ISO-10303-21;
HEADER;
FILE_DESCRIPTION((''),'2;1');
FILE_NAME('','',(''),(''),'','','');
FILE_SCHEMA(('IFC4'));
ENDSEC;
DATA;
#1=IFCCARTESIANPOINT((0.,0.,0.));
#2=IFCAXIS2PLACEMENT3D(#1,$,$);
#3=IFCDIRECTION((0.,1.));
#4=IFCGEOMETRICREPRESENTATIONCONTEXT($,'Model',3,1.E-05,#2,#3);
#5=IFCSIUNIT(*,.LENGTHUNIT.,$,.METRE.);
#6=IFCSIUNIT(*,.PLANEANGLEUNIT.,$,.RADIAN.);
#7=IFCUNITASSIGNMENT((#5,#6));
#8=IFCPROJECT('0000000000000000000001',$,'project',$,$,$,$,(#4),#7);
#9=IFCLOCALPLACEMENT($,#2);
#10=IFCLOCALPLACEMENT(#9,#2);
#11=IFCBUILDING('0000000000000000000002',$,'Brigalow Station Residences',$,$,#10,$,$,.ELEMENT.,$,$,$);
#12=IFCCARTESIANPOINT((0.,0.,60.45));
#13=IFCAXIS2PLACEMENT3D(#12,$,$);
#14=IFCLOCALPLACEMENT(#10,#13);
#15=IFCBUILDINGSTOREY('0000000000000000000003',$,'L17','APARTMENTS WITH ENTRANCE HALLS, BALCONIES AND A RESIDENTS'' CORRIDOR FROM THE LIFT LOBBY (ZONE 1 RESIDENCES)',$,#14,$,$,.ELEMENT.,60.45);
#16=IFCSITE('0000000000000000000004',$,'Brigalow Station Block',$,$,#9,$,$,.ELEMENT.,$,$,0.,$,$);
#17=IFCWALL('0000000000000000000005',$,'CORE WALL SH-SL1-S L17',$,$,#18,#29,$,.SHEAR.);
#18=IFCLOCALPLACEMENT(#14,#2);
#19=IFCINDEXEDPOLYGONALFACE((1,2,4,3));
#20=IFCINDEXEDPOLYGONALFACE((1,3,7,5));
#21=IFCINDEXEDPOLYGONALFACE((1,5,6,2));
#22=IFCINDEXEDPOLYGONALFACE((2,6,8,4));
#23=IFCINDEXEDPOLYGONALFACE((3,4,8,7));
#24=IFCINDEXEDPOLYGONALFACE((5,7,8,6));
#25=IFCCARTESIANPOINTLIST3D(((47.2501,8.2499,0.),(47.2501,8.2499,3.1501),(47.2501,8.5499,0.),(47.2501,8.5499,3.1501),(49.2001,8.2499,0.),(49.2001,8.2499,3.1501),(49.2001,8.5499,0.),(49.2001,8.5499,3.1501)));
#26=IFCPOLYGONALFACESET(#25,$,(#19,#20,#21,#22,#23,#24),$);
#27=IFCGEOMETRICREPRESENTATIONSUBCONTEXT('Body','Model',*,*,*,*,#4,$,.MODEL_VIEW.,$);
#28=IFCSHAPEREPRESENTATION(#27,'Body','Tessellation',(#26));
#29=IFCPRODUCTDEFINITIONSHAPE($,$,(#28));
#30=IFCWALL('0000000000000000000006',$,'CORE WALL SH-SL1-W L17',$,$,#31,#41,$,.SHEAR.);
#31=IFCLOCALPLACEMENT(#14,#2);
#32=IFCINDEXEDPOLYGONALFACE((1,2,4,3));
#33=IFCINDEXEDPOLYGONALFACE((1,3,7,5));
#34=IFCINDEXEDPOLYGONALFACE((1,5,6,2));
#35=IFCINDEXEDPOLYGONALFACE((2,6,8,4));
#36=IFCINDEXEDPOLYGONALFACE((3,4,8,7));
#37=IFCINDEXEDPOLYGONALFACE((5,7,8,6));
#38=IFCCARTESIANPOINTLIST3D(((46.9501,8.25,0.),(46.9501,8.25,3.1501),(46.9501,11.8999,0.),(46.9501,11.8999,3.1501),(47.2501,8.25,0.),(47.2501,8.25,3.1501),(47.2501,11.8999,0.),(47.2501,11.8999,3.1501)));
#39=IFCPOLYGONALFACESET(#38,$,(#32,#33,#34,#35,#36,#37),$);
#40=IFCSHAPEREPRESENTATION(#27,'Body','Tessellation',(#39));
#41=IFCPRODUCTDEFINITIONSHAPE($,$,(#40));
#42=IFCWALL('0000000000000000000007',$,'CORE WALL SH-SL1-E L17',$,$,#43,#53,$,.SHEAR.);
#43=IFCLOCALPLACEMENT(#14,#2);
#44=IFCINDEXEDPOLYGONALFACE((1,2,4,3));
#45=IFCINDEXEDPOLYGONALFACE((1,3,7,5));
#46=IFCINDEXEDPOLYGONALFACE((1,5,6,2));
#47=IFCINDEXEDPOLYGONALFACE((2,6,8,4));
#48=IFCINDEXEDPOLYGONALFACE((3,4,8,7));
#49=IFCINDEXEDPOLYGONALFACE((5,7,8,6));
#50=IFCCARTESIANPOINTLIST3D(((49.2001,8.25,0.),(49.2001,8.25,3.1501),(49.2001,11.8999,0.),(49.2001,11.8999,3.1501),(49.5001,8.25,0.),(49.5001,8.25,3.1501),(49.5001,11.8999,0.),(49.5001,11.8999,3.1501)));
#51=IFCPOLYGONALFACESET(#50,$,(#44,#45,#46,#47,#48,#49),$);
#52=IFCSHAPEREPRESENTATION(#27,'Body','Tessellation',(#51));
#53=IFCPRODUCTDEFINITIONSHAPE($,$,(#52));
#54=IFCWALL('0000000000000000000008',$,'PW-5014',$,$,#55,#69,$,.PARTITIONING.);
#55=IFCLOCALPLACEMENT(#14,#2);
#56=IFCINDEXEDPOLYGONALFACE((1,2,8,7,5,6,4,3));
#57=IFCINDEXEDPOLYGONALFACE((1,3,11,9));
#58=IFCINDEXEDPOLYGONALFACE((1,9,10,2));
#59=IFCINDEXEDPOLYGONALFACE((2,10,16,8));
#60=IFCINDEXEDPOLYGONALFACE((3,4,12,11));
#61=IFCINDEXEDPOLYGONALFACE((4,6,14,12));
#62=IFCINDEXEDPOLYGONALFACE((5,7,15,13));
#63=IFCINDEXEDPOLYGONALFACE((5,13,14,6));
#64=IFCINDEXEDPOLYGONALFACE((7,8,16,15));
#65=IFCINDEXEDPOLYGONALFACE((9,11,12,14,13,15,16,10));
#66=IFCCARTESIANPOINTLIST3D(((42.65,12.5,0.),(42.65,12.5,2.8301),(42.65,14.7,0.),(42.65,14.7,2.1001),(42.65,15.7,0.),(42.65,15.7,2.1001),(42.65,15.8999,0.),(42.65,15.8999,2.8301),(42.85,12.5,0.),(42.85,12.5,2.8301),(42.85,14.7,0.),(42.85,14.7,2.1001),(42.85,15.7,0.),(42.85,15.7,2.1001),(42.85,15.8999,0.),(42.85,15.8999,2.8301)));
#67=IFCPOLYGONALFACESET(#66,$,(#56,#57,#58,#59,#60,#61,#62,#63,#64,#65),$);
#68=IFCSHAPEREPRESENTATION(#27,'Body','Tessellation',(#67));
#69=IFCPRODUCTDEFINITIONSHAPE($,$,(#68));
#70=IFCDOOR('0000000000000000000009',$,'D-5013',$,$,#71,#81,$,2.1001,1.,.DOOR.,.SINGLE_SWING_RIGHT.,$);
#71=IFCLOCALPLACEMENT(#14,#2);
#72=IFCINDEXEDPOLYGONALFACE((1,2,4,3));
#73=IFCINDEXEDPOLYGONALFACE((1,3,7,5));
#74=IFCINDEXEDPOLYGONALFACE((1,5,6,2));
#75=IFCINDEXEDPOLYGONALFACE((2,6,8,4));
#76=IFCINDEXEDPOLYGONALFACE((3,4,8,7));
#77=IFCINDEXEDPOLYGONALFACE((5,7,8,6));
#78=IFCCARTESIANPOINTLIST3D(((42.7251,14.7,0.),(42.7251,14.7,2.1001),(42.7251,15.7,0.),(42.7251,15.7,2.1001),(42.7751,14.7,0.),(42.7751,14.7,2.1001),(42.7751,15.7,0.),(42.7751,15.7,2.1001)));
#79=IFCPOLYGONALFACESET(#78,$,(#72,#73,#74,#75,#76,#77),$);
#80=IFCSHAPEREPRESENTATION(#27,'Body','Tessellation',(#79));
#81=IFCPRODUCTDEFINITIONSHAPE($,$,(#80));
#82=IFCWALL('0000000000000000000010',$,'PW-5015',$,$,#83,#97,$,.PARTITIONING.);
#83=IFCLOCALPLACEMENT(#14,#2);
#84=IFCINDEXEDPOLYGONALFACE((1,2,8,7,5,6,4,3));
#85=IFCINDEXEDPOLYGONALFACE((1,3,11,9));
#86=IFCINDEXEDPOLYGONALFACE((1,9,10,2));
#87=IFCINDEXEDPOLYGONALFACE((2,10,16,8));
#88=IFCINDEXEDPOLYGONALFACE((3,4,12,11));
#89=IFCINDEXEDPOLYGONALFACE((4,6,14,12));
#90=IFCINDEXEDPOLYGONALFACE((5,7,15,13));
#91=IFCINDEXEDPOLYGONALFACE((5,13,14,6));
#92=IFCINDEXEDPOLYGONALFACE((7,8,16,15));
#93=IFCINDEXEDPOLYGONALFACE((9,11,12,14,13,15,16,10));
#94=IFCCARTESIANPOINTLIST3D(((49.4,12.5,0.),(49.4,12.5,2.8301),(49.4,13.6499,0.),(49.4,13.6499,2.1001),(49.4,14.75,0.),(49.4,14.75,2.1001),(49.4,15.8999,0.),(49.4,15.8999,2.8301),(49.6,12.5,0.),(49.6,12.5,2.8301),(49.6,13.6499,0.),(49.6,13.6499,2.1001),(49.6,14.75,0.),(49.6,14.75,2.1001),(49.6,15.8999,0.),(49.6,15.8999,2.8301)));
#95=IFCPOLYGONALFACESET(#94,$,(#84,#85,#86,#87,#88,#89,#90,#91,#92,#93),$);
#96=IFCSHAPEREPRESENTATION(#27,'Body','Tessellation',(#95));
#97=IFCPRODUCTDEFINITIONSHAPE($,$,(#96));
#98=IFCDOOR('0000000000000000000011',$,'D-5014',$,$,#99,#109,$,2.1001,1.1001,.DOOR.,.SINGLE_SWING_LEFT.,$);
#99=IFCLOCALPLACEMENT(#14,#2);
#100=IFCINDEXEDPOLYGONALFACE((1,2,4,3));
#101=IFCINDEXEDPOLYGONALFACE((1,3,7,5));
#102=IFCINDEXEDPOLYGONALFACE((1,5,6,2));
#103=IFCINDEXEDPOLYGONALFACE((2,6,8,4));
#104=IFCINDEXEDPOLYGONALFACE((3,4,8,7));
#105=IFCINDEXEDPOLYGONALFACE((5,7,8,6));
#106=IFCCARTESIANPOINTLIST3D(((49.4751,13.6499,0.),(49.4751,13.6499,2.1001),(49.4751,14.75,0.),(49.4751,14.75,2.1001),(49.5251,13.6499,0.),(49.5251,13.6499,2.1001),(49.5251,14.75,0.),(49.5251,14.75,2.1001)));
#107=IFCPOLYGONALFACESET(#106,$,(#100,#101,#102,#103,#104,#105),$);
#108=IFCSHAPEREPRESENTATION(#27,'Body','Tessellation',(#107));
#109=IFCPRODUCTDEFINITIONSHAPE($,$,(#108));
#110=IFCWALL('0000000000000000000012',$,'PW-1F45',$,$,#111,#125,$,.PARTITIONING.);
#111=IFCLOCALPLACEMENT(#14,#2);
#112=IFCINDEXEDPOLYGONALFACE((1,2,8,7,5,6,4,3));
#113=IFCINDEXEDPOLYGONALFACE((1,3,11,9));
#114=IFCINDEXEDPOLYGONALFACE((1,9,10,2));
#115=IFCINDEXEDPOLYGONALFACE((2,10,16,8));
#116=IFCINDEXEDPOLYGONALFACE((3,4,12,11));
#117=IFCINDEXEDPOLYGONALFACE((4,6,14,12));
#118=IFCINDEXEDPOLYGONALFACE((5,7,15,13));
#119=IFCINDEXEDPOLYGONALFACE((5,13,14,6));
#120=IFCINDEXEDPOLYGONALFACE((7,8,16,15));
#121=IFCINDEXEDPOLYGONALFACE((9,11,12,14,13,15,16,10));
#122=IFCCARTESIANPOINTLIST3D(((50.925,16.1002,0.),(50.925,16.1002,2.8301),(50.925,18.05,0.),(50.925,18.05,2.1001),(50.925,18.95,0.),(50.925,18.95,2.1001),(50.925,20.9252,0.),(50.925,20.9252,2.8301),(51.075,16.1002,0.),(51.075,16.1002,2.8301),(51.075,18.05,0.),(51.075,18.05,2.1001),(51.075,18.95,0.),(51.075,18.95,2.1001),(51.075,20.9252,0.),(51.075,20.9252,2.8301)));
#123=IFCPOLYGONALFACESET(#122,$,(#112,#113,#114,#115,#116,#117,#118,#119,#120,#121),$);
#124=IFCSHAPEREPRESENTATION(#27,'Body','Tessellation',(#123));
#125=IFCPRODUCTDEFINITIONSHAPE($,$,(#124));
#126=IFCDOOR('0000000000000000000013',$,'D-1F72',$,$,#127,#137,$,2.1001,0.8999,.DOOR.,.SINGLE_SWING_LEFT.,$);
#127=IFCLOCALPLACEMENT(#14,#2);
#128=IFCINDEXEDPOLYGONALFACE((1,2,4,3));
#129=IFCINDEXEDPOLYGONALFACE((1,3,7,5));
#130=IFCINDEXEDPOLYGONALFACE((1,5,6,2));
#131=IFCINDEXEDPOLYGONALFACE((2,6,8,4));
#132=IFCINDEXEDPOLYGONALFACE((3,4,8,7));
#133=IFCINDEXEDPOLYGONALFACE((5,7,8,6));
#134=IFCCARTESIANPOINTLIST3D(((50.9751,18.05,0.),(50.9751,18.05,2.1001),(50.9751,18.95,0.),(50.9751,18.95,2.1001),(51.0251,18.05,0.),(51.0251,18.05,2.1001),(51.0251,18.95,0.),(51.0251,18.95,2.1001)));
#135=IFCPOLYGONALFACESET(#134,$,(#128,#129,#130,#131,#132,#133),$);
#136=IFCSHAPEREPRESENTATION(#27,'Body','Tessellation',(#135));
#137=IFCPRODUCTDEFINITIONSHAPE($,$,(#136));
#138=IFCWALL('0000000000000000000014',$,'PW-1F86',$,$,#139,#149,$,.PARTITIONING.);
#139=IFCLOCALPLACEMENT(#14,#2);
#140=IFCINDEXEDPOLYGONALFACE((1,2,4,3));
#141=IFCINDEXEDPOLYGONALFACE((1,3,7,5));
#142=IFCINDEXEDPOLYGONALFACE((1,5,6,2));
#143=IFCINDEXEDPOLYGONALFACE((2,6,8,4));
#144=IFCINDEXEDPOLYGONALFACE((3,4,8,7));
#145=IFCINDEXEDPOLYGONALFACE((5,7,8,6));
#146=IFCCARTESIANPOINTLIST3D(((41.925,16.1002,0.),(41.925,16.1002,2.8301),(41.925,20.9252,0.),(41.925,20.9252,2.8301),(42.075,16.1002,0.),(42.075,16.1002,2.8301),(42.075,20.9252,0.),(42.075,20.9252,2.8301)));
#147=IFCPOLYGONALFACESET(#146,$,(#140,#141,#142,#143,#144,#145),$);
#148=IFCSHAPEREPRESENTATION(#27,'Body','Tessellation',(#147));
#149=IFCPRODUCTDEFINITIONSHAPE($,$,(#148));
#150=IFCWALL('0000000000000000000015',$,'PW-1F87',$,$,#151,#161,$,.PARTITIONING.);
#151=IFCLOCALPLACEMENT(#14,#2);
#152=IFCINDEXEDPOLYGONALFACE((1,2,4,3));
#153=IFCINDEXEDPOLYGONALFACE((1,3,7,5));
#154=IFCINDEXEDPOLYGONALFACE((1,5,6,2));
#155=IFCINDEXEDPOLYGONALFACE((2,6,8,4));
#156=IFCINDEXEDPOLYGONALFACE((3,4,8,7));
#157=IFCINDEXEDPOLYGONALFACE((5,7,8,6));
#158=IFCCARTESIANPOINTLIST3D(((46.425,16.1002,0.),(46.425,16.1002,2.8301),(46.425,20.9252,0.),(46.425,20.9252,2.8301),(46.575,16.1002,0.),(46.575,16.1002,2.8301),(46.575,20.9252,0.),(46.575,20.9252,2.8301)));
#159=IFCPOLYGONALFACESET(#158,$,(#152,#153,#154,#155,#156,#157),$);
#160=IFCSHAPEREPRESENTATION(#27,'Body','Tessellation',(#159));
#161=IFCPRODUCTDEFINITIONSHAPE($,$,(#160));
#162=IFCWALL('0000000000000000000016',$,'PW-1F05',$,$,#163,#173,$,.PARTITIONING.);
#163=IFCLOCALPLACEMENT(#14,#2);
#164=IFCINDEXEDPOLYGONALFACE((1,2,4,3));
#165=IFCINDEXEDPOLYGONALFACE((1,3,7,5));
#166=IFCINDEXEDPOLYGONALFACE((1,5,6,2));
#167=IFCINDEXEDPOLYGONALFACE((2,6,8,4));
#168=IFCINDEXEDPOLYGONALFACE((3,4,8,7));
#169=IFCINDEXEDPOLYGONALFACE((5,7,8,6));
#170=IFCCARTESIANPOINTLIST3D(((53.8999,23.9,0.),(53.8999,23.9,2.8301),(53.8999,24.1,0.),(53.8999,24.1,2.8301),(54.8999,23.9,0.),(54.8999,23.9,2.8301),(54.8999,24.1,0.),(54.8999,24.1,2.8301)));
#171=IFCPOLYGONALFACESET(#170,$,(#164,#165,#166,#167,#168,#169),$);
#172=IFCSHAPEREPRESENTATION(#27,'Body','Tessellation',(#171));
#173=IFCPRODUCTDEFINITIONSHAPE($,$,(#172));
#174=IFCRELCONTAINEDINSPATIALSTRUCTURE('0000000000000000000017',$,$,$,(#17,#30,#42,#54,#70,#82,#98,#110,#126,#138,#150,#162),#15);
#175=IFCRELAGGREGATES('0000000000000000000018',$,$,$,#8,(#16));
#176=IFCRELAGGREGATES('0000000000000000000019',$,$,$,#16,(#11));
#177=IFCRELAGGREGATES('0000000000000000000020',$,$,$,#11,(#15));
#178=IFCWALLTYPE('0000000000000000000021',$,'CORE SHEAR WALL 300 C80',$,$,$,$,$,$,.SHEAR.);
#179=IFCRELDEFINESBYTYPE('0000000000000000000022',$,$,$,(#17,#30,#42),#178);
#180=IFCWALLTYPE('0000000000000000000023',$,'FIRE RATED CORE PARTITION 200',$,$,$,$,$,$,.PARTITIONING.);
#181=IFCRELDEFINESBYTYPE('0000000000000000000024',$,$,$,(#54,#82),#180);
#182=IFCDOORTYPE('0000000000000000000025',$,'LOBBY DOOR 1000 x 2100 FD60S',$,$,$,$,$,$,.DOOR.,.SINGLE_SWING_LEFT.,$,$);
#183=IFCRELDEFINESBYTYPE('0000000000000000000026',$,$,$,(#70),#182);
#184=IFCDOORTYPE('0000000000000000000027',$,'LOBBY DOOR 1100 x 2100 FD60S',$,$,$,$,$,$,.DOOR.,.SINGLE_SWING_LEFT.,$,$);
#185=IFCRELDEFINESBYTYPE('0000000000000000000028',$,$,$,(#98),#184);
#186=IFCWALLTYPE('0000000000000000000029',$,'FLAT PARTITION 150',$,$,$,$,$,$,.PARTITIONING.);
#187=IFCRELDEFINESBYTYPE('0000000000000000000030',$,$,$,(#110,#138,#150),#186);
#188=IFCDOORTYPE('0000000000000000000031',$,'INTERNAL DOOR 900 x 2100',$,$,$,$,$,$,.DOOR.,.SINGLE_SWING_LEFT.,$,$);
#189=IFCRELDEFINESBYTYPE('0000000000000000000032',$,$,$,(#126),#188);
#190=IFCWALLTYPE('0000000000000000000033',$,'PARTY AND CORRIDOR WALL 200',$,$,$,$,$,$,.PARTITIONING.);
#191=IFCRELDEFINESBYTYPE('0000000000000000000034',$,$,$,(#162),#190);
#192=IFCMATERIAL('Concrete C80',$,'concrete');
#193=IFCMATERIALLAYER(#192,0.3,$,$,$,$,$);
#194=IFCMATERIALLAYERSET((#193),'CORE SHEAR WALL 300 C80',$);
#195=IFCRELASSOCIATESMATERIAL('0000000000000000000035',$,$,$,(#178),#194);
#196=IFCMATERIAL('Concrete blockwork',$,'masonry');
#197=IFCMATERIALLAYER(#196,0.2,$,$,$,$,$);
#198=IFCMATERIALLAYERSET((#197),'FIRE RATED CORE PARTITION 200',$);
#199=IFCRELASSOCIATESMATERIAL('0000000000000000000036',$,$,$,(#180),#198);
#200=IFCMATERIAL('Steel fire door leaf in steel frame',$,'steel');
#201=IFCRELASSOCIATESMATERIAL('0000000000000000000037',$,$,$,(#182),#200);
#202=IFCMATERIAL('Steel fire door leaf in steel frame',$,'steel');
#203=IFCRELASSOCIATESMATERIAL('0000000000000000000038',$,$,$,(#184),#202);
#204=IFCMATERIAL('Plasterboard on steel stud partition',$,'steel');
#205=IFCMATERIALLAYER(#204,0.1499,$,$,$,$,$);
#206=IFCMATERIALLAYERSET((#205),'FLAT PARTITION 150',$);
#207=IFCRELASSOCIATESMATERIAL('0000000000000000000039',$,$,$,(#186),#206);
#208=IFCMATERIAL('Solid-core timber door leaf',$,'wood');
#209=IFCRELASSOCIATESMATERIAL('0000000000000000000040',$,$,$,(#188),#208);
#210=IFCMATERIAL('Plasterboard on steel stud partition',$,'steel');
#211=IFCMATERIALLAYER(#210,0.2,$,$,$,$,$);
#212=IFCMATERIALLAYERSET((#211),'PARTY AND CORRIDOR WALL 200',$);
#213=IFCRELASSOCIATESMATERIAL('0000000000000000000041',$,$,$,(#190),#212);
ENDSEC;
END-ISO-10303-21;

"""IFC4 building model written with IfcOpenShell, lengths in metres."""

from ifc_helpers import new_model, si_unit, direction, frame, frame_2d, origin, place, context, subcontext, project, spatial, rectangle, extrude, material, layer, layer_set, type_object, element, fill, save


model = new_model("IFC4")

# Units and contexts
model_context = context("Model", 3, precision=1e-05, world=origin(), true_north=direction((0.0, 1.0)))
body_context = subcontext(model_context, "Body", "Model", "MODEL_VIEW")
ifc_project = project(units=[si_unit("LENGTHUNIT", "METRE"), si_unit("PLANEANGLEUNIT", "RADIAN")], contexts=[model_context])

# Site, building, storey
site_placement = place(None, origin())
site = spatial("IfcSite", under=ifc_project, at=site_placement, Name="Brigalow Station Block", CompositionType="ELEMENT", RefElevation=0.0)
building_placement = place(site_placement, origin())
building = spatial("IfcBuilding", under=site, at=building_placement, Name="Brigalow Station Residences", CompositionType="ELEMENT")
storey_placement = place(building_placement, frame((0.0, 0.0, 60.45)))
storey = spatial("IfcBuildingStorey", under=building, at=storey_placement, Name="L17", Description="APARTMENTS WITH ENTRANCE HALLS, BALCONIES AND A RESIDENTS' CORRIDOR FROM THE LIFT LOBBY (ZONE 1 RESIDENCES)", CompositionType="ELEMENT", Elevation=60.45)

# Walls
ifc_material_1 = material(Name="Concrete C80", Category="concrete")
ifc_layer_1 = layer(ifc_material_1, 0.3)
ifc_layer_set_1 = layer_set([ifc_layer_1], Name="CORE SHEAR WALL 300 C80")
wall_type_1 = type_object("IfcWallType", Name="CORE SHEAR WALL 300 C80", PredefinedType="SHEAR", material=ifc_layer_set_1)
wall_1_placement = place(storey_placement, frame((47.25, 8.3999, 0.0), z_axis=(0.0, 0.0, 1.0), x_axis=(1.0, 0.0, 0.0)))
element("IfcWall", 1, at=wall_1_placement, inside=storey, type_object=wall_type_1, Name="CORE WALL SH-SL1-S L17", PredefinedType="SHEAR", context=body_context, shape_type="SweptSolid", body=[
    extrude(rectangle(XDim=1.95, YDim=0.3, at=frame_2d((0.9751, 0.0))), origin(), (0.0, 0.0, 1.0), 3.1501),
])
for number, where, z_axis, x_axis, name in (
    (2, (47.1001, 8.25, 0.0), (0.0, 0.0, 1.0), (0.0, 1.0, 0.0), "CORE WALL SH-SL1-W L17"),
    (3, (49.3501, 8.25, 0.0), (0.0, 0.0, 1.0), (0.0, 1.0, 0.0), "CORE WALL SH-SL1-E L17"),
):
    element("IfcWall", number, at=place(storey_placement, frame(where, z_axis=z_axis, x_axis=x_axis)), inside=storey, type_object=wall_type_1, Name=name, PredefinedType="SHEAR", context=body_context, shape_type="SweptSolid", body=[
        extrude(rectangle(XDim=3.6499, YDim=0.3, at=frame_2d((1.825, 0.0))), origin(), (0.0, 0.0, 1.0), 3.1501),
    ])

# Walls, openings, doors
ifc_material_2 = material(Name="Concrete blockwork", Category="masonry")
ifc_layer_2 = layer(ifc_material_2, 0.2)
ifc_layer_set_2 = layer_set([ifc_layer_2], Name="FIRE RATED CORE PARTITION 200")
wall_type_2 = type_object("IfcWallType", Name="FIRE RATED CORE PARTITION 200", PredefinedType="PARTITIONING", material=ifc_layer_set_2)
wall_2_placement = place(storey_placement, frame((42.75, 12.5, 0.0), z_axis=(0.0, 0.0, 1.0), x_axis=(0.0, 1.0, 0.0)))
wall_2 = element("IfcWall", 4, at=wall_2_placement, inside=storey, type_object=wall_type_2, Name="PW-5014", PredefinedType="PARTITIONING", context=body_context, shape_type="SweptSolid", body=[
    extrude(rectangle(XDim=3.3999, YDim=0.2, at=frame_2d((1.7, 0.0))), origin(), (0.0, 0.0, 1.0), 2.8301),
])
opening_1_placement = place(wall_2_placement, frame((2.2, 0.0, 0.0)))
opening_1 = element("IfcOpeningElement", 5, at=opening_1_placement, cuts=wall_2, PredefinedType="OPENING", context=body_context, shape_type="SweptSolid", body=[
    extrude(rectangle(XDim=1.0, YDim=2.1001, at=frame_2d((0.5, 1.05))), frame((0.0, 0.1099, 0.0), z_axis=(0.0, -1.0, 0.0), x_axis=(1.0, 0.0, 0.0)), (0.0, 0.0, 1.0), 0.22),
])
ifc_material_3 = material(Name="Steel fire door leaf in steel frame", Category="steel")
door_type_1 = type_object("IfcDoorType", Name="LOBBY DOOR 1000 x 2100 FD60S", OperationType="SINGLE_SWING_LEFT", PredefinedType="DOOR", material=ifc_material_3)
door_1_placement = place(opening_1_placement, origin())
door_1 = element("IfcDoor", 6, at=door_1_placement, inside=storey, type_object=door_type_1, Name="D-5013", OperationType="SINGLE_SWING_RIGHT", OverallHeight=2.1001, OverallWidth=1.0, PredefinedType="DOOR", context=body_context, shape_type="SweptSolid", body=[
    extrude(rectangle(XDim=1.0, YDim=2.1001, at=frame_2d((0.5, 1.05))), frame((0.0, 0.0249, 0.0), z_axis=(0.0, -1.0, 0.0), x_axis=(1.0, 0.0, 0.0)), (0.0, 0.0, 1.0), 0.05),
])
fill(opening_1, door_1)
wall_3_placement = place(storey_placement, frame((49.5, 12.5, 0.0), z_axis=(0.0, 0.0, 1.0), x_axis=(0.0, 1.0, 0.0)))
wall_3 = element("IfcWall", 7, at=wall_3_placement, inside=storey, type_object=wall_type_2, Name="PW-5015", PredefinedType="PARTITIONING", context=body_context, shape_type="SweptSolid", body=[
    extrude(rectangle(XDim=3.3999, YDim=0.2, at=frame_2d((1.7, 0.0))), origin(), (0.0, 0.0, 1.0), 2.8301),
])
opening_2_placement = place(wall_3_placement, frame((1.1499, 0.0, 0.0)))
opening_2 = element("IfcOpeningElement", 8, at=opening_2_placement, cuts=wall_3, PredefinedType="OPENING", context=body_context, shape_type="SweptSolid", body=[
    extrude(rectangle(XDim=1.1001, YDim=2.1001, at=frame_2d((0.55, 1.05))), frame((0.0, 0.1099, 0.0), z_axis=(0.0, -1.0, 0.0), x_axis=(1.0, 0.0, 0.0)), (0.0, 0.0, 1.0), 0.22),
])
ifc_material_4 = material(Name="Steel fire door leaf in steel frame", Category="steel")
door_type_2 = type_object("IfcDoorType", Name="LOBBY DOOR 1100 x 2100 FD60S", OperationType="SINGLE_SWING_LEFT", PredefinedType="DOOR", material=ifc_material_4)
door_2_placement = place(opening_2_placement, origin())
door_2 = element("IfcDoor", 9, at=door_2_placement, inside=storey, type_object=door_type_2, Name="D-5014", OperationType="SINGLE_SWING_LEFT", OverallHeight=2.1001, OverallWidth=1.1001, PredefinedType="DOOR", context=body_context, shape_type="SweptSolid", body=[
    extrude(rectangle(XDim=1.1001, YDim=2.1001, at=frame_2d((0.55, 1.05))), frame((0.0, 0.0249, 0.0), z_axis=(0.0, -1.0, 0.0), x_axis=(1.0, 0.0, 0.0)), (0.0, 0.0, 1.0), 0.05),
])
fill(opening_2, door_2)
ifc_material_5 = material(Name="Plasterboard on steel stud partition", Category="steel")
ifc_layer_3 = layer(ifc_material_5, 0.1499)
ifc_layer_set_3 = layer_set([ifc_layer_3], Name="FLAT PARTITION 150")
wall_type_3 = type_object("IfcWallType", Name="FLAT PARTITION 150", PredefinedType="PARTITIONING", material=ifc_layer_set_3)
wall_4_placement = place(storey_placement, frame((51.0, 16.1001, 0.0), z_axis=(0.0, 0.0, 1.0), x_axis=(0.0, 1.0, 0.0)))
wall_4 = element("IfcWall", 10, at=wall_4_placement, inside=storey, type_object=wall_type_3, Name="PW-1F45", PredefinedType="PARTITIONING", context=body_context, shape_type="SweptSolid", body=[
    extrude(rectangle(XDim=4.825, YDim=0.1499, at=frame_2d((2.4126, 0.0))), origin(), (0.0, 0.0, 1.0), 2.8301),
])
opening_3_placement = place(wall_4_placement, frame((1.95, 0.0, 0.0)))
opening_3 = element("IfcOpeningElement", 11, at=opening_3_placement, cuts=wall_4, PredefinedType="OPENING", context=body_context, shape_type="SweptSolid", body=[
    extrude(rectangle(XDim=0.8999, YDim=2.1001, at=frame_2d((0.45, 1.05))), frame((0.0, 0.085, 0.0), z_axis=(0.0, -1.0, 0.0), x_axis=(1.0, 0.0, 0.0)), (0.0, 0.0, 1.0), 0.1699),
])
ifc_material_6 = material(Name="Solid-core timber door leaf", Category="wood")
door_type_3 = type_object("IfcDoorType", Name="INTERNAL DOOR 900 x 2100", OperationType="SINGLE_SWING_LEFT", PredefinedType="DOOR", material=ifc_material_6)
door_3_placement = place(opening_3_placement, origin())
door_3 = element("IfcDoor", 12, at=door_3_placement, inside=storey, type_object=door_type_3, Name="D-1F72", OperationType="SINGLE_SWING_LEFT", OverallHeight=2.1001, OverallWidth=0.8999, PredefinedType="DOOR", context=body_context, shape_type="SweptSolid", body=[
    extrude(rectangle(XDim=0.8999, YDim=2.1001, at=frame_2d((0.45, 1.05))), frame((0.0, 0.0249, 0.0), z_axis=(0.0, -1.0, 0.0), x_axis=(1.0, 0.0, 0.0)), (0.0, 0.0, 1.0), 0.05),
])
fill(opening_3, door_3)

# Walls
for number, where, z_axis, x_axis, name in (
    (13, (42.0, 16.1001, 0.0), (0.0, 0.0, 1.0), (0.0, 1.0, 0.0), "PW-1F86"),
    (14, (46.5, 16.1001, 0.0), (0.0, 0.0, 1.0), (0.0, 1.0, 0.0), "PW-1F87"),
):
    element("IfcWall", number, at=place(storey_placement, frame(where, z_axis=z_axis, x_axis=x_axis)), inside=storey, type_object=wall_type_3, Name=name, PredefinedType="PARTITIONING", context=body_context, shape_type="SweptSolid", body=[
        extrude(rectangle(XDim=4.825, YDim=0.1499, at=frame_2d((2.4126, 0.0))), origin(), (0.0, 0.0, 1.0), 2.8301),
    ])
ifc_material_7 = material(Name="Plasterboard on steel stud partition", Category="steel")
ifc_layer_4 = layer(ifc_material_7, 0.2)
ifc_layer_set_4 = layer_set([ifc_layer_4], Name="PARTY AND CORRIDOR WALL 200")
wall_type_4 = type_object("IfcWallType", Name="PARTY AND CORRIDOR WALL 200", PredefinedType="PARTITIONING", material=ifc_layer_set_4)
wall_5_placement = place(storey_placement, frame((53.8999, 24.0, 0.0), z_axis=(0.0, 0.0, 1.0), x_axis=(1.0, 0.0, 0.0)))
element("IfcWall", 15, at=wall_5_placement, inside=storey, type_object=wall_type_4, Name="PW-1F05", PredefinedType="PARTITIONING", context=body_context, shape_type="SweptSolid", body=[
    extrude(rectangle(XDim=1.0, YDim=0.2, at=frame_2d((0.5, 0.0))), origin(), (0.0, 0.0, 1.0), 2.8301),
])

save(model, "model.ifc")
